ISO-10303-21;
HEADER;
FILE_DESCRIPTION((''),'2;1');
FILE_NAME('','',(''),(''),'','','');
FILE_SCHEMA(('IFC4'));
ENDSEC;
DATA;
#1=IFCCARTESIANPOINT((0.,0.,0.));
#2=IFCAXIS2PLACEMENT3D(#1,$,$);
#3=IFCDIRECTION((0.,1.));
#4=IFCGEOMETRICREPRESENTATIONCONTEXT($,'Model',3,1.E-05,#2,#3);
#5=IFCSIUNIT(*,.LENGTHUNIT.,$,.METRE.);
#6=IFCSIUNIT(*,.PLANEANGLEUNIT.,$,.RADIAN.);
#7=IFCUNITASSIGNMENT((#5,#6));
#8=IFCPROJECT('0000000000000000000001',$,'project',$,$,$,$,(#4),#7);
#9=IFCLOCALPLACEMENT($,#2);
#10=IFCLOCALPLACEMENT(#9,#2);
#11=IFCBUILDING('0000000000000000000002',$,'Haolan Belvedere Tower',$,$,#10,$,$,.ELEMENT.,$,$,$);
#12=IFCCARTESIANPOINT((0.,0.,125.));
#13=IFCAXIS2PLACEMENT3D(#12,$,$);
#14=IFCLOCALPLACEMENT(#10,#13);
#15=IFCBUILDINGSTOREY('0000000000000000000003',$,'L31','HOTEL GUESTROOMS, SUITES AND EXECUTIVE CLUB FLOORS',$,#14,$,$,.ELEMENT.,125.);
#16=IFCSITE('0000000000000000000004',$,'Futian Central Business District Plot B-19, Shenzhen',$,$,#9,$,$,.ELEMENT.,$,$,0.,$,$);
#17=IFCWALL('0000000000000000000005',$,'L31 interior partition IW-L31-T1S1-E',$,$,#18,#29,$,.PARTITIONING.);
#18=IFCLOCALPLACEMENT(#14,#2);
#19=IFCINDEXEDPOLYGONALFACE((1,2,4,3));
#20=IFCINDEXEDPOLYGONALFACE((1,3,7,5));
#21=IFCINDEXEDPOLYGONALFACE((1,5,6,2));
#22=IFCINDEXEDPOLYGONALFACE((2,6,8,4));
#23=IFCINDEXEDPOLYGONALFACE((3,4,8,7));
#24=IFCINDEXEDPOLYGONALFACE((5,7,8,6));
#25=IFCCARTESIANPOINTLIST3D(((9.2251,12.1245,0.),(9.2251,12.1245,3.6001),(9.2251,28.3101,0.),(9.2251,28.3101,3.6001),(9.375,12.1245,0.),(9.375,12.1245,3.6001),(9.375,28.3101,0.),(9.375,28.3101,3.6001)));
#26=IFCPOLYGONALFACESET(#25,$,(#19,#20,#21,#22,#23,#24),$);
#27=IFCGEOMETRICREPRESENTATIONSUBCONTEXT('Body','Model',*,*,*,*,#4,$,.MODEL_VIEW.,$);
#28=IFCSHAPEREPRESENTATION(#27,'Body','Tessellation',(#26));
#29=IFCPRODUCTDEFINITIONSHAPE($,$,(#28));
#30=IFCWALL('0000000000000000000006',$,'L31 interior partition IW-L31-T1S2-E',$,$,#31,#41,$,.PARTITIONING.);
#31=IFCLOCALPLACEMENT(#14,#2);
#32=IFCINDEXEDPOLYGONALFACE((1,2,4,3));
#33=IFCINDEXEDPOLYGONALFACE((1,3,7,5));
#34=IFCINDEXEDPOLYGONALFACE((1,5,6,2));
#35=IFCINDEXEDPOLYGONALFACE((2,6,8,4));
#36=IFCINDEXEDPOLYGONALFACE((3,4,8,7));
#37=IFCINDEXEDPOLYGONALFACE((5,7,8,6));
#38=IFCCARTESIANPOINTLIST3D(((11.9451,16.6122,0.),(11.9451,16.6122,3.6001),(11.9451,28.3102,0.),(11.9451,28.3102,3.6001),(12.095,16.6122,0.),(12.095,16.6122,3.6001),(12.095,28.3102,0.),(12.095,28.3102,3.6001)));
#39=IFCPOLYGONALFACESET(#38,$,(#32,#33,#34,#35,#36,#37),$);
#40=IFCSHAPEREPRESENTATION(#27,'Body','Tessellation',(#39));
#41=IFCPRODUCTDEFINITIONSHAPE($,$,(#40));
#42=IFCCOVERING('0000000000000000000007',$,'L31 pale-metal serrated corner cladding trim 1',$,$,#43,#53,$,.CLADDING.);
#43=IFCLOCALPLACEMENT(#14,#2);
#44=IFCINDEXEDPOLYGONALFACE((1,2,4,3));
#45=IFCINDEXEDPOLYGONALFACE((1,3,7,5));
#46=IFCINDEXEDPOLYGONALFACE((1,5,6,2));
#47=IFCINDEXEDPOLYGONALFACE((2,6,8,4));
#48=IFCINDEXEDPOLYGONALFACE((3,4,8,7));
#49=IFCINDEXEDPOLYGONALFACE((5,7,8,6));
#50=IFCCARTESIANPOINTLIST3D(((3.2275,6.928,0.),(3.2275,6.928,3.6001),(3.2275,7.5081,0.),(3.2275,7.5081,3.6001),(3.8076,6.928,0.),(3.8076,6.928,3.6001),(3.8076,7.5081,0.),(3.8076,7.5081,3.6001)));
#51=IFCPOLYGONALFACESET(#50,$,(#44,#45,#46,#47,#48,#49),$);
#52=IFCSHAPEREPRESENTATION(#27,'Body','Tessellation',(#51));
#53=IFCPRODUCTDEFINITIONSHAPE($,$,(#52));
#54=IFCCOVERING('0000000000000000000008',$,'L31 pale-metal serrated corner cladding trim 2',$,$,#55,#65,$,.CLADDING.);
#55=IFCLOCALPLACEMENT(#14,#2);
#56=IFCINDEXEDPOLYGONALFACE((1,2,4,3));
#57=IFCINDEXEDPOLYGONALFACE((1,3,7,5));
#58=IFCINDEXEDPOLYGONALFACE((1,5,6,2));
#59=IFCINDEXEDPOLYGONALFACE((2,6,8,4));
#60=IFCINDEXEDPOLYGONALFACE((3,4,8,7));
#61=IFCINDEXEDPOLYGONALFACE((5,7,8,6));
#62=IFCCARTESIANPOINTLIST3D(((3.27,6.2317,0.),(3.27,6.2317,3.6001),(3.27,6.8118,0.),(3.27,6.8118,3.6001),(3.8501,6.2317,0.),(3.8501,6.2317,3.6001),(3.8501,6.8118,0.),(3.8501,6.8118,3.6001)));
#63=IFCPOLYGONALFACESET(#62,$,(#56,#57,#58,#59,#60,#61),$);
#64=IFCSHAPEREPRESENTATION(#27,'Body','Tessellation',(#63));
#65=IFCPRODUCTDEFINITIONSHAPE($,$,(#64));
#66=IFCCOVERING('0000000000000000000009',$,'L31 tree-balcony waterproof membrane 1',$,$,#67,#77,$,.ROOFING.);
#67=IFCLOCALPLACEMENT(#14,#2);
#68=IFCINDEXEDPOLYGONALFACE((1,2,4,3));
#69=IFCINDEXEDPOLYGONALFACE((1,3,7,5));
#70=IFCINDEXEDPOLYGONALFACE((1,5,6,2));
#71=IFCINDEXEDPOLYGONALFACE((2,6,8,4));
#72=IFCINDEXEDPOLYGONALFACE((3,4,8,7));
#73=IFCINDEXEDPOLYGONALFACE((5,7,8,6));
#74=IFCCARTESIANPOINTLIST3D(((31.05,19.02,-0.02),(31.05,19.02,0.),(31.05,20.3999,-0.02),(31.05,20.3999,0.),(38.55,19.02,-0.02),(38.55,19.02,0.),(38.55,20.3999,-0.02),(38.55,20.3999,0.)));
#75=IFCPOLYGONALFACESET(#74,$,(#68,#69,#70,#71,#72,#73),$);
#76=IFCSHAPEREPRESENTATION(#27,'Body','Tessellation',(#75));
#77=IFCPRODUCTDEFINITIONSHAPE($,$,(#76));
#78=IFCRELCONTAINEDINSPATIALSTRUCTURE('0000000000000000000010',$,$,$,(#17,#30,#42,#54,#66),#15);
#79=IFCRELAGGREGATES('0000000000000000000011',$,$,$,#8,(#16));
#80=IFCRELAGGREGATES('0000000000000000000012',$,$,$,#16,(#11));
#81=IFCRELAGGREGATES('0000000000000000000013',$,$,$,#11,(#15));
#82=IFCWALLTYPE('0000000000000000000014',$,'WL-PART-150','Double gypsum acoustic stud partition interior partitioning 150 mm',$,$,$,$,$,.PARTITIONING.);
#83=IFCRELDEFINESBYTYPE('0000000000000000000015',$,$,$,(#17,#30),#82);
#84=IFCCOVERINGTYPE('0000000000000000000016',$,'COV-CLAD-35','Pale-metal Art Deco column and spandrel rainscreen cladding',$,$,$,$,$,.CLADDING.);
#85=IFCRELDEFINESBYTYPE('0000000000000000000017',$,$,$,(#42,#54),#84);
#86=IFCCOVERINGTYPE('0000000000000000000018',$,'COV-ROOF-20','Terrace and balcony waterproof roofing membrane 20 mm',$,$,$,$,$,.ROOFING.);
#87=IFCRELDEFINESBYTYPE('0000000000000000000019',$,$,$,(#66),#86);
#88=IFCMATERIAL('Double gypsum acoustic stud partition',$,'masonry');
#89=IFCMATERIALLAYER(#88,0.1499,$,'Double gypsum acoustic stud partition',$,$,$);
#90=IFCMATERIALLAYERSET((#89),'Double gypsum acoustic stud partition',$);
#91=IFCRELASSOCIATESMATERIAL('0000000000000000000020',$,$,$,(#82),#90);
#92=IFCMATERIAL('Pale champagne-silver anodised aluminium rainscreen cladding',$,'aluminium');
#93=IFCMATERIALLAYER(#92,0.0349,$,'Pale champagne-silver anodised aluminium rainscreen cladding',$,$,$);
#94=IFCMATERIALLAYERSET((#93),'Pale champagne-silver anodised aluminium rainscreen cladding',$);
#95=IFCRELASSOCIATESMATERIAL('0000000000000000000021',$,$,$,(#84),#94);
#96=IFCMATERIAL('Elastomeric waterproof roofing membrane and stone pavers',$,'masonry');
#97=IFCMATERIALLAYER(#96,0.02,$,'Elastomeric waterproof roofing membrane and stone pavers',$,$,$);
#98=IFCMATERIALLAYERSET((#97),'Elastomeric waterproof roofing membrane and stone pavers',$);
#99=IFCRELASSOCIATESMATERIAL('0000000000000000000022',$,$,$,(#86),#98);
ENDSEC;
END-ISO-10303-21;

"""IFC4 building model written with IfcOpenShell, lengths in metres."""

from ifc_helpers import new_model, si_unit, direction, frame, frame_2d, origin, origin_2d, place, context, subcontext, project, spatial, polyline, rectangle, outline, extrude, material, layer, layer_set, type_object, element, save


model = new_model("IFC4")

# Units and contexts
model_context = context("Model", 3, precision=1e-05, world=origin(), true_north=direction((0.0, 1.0)))
body_context = subcontext(model_context, "Body", "Model", "MODEL_VIEW")
ifc_project = project(units=[si_unit("LENGTHUNIT", "METRE"), si_unit("PLANEANGLEUNIT", "RADIAN")], contexts=[model_context])

# Site, building, storey
site_placement = place(None, origin())
site = spatial("IfcSite", under=ifc_project, at=site_placement, Name="Futian Central Business District Plot B-19, Shenzhen", CompositionType="ELEMENT", RefElevation=0.0)
building_placement = place(site_placement, origin())
building = spatial("IfcBuilding", under=site, at=building_placement, Name="Haolan Belvedere Tower", CompositionType="ELEMENT")
storey_placement = place(building_placement, frame((0.0, 0.0, 125.0)))
storey = spatial("IfcBuildingStorey", under=building, at=storey_placement, Name="L31", Description="HOTEL GUESTROOMS, SUITES AND EXECUTIVE CLUB FLOORS", CompositionType="ELEMENT", Elevation=125.0)

# Walls
ifc_material_1 = material(Name="Double gypsum acoustic stud partition", Category="masonry")
ifc_layer_1 = layer(ifc_material_1, 0.1499, Name="Double gypsum acoustic stud partition")
ifc_layer_set_1 = layer_set([ifc_layer_1], Name="Double gypsum acoustic stud partition")
wall_type_1 = type_object("IfcWallType", Name="WL-PART-150", Description="Double gypsum acoustic stud partition interior partitioning 150 mm", PredefinedType="PARTITIONING", material=ifc_layer_set_1)
wall_1_placement = place(storey_placement, frame((9.3, 12.1245, 0.0), z_axis=(0.0, 0.0, 1.0), x_axis=(0.0, 1.0, 0.0)))
element("IfcWall", 1, at=wall_1_placement, inside=storey, type_object=wall_type_1, Name="L31 interior partition IW-L31-T1S1-E", PredefinedType="PARTITIONING", context=body_context, shape_type="SweptSolid", body=[
    extrude(rectangle(XDim=16.1855, YDim=0.1499, at=frame_2d((8.0928, 0.0))), origin(), (0.0, 0.0, 1.0), 3.6001),
])
wall_2_placement = place(storey_placement, frame((12.02, 16.6121, 0.0), z_axis=(0.0, 0.0, 1.0), x_axis=(0.0, 1.0, 0.0)))
element("IfcWall", 2, at=wall_2_placement, inside=storey, type_object=wall_type_1, Name="L31 interior partition IW-L31-T1S2-E", PredefinedType="PARTITIONING", context=body_context, shape_type="SweptSolid", body=[
    extrude(rectangle(XDim=11.698, YDim=0.1499, at=frame_2d((5.8491, 0.0))), origin(), (0.0, 0.0, 1.0), 3.6001),
])

# Coverings
ifc_material_2 = material(Name="Pale champagne-silver anodised aluminium rainscreen cladding", Category="aluminium")
ifc_layer_2 = layer(ifc_material_2, 0.0349, Name="Pale champagne-silver anodised aluminium rainscreen cladding")
ifc_layer_set_2 = layer_set([ifc_layer_2], Name="Pale champagne-silver anodised aluminium rainscreen cladding")
covering_type_1 = type_object("IfcCoveringType", Name="COV-CLAD-35", Description="Pale-metal Art Deco column and spandrel rainscreen cladding", PredefinedType="CLADDING", material=ifc_layer_set_2)
for number, where, z_axis, x_axis, name in (
    (3, (3.5176, 7.218, 0.0), (0.0, 0.0, 1.0), (1.0, 0.0, 0.0), "L31 pale-metal serrated corner cladding trim 1"),
    (4, (3.5601, 6.5217, 0.0), (0.0, 0.0, 1.0), (1.0, 0.0, 0.0), "L31 pale-metal serrated corner cladding trim 2"),
):
    element("IfcCovering", number, at=place(storey_placement, frame(where, z_axis=z_axis, x_axis=x_axis)), inside=storey, type_object=covering_type_1, Name=name, PredefinedType="CLADDING", context=body_context, shape_type="SweptSolid", body=[
        extrude(rectangle(XDim=0.5801, YDim=0.5801, at=origin_2d()), origin(), (0.0, 0.0, 1.0), 3.6001),
    ])
ifc_material_3 = material(Name="Elastomeric waterproof roofing membrane and stone pavers", Category="masonry")
ifc_layer_3 = layer(ifc_material_3, 0.02, Name="Elastomeric waterproof roofing membrane and stone pavers")
ifc_layer_set_3 = layer_set([ifc_layer_3], Name="Elastomeric waterproof roofing membrane and stone pavers")
covering_type_2 = type_object("IfcCoveringType", Name="COV-ROOF-20", Description="Terrace and balcony waterproof roofing membrane 20 mm", PredefinedType="ROOFING", material=ifc_layer_set_3)
covering_placement = place(storey_placement, frame((0.0, 0.0, -0.02)))
element("IfcCovering", 5, at=covering_placement, inside=storey, type_object=covering_type_2, Name="L31 tree-balcony waterproof membrane 1", PredefinedType="ROOFING", context=body_context, shape_type="SweptSolid", body=[
    extrude(outline(polyline([(31.05, 19.02), (38.55, 19.02), (38.55, 20.3999), (31.05, 20.3999), (31.05, 19.02)])), origin(), (0.0, 0.0, 1.0), 0.02),
])

save(model, "model.ifc")
